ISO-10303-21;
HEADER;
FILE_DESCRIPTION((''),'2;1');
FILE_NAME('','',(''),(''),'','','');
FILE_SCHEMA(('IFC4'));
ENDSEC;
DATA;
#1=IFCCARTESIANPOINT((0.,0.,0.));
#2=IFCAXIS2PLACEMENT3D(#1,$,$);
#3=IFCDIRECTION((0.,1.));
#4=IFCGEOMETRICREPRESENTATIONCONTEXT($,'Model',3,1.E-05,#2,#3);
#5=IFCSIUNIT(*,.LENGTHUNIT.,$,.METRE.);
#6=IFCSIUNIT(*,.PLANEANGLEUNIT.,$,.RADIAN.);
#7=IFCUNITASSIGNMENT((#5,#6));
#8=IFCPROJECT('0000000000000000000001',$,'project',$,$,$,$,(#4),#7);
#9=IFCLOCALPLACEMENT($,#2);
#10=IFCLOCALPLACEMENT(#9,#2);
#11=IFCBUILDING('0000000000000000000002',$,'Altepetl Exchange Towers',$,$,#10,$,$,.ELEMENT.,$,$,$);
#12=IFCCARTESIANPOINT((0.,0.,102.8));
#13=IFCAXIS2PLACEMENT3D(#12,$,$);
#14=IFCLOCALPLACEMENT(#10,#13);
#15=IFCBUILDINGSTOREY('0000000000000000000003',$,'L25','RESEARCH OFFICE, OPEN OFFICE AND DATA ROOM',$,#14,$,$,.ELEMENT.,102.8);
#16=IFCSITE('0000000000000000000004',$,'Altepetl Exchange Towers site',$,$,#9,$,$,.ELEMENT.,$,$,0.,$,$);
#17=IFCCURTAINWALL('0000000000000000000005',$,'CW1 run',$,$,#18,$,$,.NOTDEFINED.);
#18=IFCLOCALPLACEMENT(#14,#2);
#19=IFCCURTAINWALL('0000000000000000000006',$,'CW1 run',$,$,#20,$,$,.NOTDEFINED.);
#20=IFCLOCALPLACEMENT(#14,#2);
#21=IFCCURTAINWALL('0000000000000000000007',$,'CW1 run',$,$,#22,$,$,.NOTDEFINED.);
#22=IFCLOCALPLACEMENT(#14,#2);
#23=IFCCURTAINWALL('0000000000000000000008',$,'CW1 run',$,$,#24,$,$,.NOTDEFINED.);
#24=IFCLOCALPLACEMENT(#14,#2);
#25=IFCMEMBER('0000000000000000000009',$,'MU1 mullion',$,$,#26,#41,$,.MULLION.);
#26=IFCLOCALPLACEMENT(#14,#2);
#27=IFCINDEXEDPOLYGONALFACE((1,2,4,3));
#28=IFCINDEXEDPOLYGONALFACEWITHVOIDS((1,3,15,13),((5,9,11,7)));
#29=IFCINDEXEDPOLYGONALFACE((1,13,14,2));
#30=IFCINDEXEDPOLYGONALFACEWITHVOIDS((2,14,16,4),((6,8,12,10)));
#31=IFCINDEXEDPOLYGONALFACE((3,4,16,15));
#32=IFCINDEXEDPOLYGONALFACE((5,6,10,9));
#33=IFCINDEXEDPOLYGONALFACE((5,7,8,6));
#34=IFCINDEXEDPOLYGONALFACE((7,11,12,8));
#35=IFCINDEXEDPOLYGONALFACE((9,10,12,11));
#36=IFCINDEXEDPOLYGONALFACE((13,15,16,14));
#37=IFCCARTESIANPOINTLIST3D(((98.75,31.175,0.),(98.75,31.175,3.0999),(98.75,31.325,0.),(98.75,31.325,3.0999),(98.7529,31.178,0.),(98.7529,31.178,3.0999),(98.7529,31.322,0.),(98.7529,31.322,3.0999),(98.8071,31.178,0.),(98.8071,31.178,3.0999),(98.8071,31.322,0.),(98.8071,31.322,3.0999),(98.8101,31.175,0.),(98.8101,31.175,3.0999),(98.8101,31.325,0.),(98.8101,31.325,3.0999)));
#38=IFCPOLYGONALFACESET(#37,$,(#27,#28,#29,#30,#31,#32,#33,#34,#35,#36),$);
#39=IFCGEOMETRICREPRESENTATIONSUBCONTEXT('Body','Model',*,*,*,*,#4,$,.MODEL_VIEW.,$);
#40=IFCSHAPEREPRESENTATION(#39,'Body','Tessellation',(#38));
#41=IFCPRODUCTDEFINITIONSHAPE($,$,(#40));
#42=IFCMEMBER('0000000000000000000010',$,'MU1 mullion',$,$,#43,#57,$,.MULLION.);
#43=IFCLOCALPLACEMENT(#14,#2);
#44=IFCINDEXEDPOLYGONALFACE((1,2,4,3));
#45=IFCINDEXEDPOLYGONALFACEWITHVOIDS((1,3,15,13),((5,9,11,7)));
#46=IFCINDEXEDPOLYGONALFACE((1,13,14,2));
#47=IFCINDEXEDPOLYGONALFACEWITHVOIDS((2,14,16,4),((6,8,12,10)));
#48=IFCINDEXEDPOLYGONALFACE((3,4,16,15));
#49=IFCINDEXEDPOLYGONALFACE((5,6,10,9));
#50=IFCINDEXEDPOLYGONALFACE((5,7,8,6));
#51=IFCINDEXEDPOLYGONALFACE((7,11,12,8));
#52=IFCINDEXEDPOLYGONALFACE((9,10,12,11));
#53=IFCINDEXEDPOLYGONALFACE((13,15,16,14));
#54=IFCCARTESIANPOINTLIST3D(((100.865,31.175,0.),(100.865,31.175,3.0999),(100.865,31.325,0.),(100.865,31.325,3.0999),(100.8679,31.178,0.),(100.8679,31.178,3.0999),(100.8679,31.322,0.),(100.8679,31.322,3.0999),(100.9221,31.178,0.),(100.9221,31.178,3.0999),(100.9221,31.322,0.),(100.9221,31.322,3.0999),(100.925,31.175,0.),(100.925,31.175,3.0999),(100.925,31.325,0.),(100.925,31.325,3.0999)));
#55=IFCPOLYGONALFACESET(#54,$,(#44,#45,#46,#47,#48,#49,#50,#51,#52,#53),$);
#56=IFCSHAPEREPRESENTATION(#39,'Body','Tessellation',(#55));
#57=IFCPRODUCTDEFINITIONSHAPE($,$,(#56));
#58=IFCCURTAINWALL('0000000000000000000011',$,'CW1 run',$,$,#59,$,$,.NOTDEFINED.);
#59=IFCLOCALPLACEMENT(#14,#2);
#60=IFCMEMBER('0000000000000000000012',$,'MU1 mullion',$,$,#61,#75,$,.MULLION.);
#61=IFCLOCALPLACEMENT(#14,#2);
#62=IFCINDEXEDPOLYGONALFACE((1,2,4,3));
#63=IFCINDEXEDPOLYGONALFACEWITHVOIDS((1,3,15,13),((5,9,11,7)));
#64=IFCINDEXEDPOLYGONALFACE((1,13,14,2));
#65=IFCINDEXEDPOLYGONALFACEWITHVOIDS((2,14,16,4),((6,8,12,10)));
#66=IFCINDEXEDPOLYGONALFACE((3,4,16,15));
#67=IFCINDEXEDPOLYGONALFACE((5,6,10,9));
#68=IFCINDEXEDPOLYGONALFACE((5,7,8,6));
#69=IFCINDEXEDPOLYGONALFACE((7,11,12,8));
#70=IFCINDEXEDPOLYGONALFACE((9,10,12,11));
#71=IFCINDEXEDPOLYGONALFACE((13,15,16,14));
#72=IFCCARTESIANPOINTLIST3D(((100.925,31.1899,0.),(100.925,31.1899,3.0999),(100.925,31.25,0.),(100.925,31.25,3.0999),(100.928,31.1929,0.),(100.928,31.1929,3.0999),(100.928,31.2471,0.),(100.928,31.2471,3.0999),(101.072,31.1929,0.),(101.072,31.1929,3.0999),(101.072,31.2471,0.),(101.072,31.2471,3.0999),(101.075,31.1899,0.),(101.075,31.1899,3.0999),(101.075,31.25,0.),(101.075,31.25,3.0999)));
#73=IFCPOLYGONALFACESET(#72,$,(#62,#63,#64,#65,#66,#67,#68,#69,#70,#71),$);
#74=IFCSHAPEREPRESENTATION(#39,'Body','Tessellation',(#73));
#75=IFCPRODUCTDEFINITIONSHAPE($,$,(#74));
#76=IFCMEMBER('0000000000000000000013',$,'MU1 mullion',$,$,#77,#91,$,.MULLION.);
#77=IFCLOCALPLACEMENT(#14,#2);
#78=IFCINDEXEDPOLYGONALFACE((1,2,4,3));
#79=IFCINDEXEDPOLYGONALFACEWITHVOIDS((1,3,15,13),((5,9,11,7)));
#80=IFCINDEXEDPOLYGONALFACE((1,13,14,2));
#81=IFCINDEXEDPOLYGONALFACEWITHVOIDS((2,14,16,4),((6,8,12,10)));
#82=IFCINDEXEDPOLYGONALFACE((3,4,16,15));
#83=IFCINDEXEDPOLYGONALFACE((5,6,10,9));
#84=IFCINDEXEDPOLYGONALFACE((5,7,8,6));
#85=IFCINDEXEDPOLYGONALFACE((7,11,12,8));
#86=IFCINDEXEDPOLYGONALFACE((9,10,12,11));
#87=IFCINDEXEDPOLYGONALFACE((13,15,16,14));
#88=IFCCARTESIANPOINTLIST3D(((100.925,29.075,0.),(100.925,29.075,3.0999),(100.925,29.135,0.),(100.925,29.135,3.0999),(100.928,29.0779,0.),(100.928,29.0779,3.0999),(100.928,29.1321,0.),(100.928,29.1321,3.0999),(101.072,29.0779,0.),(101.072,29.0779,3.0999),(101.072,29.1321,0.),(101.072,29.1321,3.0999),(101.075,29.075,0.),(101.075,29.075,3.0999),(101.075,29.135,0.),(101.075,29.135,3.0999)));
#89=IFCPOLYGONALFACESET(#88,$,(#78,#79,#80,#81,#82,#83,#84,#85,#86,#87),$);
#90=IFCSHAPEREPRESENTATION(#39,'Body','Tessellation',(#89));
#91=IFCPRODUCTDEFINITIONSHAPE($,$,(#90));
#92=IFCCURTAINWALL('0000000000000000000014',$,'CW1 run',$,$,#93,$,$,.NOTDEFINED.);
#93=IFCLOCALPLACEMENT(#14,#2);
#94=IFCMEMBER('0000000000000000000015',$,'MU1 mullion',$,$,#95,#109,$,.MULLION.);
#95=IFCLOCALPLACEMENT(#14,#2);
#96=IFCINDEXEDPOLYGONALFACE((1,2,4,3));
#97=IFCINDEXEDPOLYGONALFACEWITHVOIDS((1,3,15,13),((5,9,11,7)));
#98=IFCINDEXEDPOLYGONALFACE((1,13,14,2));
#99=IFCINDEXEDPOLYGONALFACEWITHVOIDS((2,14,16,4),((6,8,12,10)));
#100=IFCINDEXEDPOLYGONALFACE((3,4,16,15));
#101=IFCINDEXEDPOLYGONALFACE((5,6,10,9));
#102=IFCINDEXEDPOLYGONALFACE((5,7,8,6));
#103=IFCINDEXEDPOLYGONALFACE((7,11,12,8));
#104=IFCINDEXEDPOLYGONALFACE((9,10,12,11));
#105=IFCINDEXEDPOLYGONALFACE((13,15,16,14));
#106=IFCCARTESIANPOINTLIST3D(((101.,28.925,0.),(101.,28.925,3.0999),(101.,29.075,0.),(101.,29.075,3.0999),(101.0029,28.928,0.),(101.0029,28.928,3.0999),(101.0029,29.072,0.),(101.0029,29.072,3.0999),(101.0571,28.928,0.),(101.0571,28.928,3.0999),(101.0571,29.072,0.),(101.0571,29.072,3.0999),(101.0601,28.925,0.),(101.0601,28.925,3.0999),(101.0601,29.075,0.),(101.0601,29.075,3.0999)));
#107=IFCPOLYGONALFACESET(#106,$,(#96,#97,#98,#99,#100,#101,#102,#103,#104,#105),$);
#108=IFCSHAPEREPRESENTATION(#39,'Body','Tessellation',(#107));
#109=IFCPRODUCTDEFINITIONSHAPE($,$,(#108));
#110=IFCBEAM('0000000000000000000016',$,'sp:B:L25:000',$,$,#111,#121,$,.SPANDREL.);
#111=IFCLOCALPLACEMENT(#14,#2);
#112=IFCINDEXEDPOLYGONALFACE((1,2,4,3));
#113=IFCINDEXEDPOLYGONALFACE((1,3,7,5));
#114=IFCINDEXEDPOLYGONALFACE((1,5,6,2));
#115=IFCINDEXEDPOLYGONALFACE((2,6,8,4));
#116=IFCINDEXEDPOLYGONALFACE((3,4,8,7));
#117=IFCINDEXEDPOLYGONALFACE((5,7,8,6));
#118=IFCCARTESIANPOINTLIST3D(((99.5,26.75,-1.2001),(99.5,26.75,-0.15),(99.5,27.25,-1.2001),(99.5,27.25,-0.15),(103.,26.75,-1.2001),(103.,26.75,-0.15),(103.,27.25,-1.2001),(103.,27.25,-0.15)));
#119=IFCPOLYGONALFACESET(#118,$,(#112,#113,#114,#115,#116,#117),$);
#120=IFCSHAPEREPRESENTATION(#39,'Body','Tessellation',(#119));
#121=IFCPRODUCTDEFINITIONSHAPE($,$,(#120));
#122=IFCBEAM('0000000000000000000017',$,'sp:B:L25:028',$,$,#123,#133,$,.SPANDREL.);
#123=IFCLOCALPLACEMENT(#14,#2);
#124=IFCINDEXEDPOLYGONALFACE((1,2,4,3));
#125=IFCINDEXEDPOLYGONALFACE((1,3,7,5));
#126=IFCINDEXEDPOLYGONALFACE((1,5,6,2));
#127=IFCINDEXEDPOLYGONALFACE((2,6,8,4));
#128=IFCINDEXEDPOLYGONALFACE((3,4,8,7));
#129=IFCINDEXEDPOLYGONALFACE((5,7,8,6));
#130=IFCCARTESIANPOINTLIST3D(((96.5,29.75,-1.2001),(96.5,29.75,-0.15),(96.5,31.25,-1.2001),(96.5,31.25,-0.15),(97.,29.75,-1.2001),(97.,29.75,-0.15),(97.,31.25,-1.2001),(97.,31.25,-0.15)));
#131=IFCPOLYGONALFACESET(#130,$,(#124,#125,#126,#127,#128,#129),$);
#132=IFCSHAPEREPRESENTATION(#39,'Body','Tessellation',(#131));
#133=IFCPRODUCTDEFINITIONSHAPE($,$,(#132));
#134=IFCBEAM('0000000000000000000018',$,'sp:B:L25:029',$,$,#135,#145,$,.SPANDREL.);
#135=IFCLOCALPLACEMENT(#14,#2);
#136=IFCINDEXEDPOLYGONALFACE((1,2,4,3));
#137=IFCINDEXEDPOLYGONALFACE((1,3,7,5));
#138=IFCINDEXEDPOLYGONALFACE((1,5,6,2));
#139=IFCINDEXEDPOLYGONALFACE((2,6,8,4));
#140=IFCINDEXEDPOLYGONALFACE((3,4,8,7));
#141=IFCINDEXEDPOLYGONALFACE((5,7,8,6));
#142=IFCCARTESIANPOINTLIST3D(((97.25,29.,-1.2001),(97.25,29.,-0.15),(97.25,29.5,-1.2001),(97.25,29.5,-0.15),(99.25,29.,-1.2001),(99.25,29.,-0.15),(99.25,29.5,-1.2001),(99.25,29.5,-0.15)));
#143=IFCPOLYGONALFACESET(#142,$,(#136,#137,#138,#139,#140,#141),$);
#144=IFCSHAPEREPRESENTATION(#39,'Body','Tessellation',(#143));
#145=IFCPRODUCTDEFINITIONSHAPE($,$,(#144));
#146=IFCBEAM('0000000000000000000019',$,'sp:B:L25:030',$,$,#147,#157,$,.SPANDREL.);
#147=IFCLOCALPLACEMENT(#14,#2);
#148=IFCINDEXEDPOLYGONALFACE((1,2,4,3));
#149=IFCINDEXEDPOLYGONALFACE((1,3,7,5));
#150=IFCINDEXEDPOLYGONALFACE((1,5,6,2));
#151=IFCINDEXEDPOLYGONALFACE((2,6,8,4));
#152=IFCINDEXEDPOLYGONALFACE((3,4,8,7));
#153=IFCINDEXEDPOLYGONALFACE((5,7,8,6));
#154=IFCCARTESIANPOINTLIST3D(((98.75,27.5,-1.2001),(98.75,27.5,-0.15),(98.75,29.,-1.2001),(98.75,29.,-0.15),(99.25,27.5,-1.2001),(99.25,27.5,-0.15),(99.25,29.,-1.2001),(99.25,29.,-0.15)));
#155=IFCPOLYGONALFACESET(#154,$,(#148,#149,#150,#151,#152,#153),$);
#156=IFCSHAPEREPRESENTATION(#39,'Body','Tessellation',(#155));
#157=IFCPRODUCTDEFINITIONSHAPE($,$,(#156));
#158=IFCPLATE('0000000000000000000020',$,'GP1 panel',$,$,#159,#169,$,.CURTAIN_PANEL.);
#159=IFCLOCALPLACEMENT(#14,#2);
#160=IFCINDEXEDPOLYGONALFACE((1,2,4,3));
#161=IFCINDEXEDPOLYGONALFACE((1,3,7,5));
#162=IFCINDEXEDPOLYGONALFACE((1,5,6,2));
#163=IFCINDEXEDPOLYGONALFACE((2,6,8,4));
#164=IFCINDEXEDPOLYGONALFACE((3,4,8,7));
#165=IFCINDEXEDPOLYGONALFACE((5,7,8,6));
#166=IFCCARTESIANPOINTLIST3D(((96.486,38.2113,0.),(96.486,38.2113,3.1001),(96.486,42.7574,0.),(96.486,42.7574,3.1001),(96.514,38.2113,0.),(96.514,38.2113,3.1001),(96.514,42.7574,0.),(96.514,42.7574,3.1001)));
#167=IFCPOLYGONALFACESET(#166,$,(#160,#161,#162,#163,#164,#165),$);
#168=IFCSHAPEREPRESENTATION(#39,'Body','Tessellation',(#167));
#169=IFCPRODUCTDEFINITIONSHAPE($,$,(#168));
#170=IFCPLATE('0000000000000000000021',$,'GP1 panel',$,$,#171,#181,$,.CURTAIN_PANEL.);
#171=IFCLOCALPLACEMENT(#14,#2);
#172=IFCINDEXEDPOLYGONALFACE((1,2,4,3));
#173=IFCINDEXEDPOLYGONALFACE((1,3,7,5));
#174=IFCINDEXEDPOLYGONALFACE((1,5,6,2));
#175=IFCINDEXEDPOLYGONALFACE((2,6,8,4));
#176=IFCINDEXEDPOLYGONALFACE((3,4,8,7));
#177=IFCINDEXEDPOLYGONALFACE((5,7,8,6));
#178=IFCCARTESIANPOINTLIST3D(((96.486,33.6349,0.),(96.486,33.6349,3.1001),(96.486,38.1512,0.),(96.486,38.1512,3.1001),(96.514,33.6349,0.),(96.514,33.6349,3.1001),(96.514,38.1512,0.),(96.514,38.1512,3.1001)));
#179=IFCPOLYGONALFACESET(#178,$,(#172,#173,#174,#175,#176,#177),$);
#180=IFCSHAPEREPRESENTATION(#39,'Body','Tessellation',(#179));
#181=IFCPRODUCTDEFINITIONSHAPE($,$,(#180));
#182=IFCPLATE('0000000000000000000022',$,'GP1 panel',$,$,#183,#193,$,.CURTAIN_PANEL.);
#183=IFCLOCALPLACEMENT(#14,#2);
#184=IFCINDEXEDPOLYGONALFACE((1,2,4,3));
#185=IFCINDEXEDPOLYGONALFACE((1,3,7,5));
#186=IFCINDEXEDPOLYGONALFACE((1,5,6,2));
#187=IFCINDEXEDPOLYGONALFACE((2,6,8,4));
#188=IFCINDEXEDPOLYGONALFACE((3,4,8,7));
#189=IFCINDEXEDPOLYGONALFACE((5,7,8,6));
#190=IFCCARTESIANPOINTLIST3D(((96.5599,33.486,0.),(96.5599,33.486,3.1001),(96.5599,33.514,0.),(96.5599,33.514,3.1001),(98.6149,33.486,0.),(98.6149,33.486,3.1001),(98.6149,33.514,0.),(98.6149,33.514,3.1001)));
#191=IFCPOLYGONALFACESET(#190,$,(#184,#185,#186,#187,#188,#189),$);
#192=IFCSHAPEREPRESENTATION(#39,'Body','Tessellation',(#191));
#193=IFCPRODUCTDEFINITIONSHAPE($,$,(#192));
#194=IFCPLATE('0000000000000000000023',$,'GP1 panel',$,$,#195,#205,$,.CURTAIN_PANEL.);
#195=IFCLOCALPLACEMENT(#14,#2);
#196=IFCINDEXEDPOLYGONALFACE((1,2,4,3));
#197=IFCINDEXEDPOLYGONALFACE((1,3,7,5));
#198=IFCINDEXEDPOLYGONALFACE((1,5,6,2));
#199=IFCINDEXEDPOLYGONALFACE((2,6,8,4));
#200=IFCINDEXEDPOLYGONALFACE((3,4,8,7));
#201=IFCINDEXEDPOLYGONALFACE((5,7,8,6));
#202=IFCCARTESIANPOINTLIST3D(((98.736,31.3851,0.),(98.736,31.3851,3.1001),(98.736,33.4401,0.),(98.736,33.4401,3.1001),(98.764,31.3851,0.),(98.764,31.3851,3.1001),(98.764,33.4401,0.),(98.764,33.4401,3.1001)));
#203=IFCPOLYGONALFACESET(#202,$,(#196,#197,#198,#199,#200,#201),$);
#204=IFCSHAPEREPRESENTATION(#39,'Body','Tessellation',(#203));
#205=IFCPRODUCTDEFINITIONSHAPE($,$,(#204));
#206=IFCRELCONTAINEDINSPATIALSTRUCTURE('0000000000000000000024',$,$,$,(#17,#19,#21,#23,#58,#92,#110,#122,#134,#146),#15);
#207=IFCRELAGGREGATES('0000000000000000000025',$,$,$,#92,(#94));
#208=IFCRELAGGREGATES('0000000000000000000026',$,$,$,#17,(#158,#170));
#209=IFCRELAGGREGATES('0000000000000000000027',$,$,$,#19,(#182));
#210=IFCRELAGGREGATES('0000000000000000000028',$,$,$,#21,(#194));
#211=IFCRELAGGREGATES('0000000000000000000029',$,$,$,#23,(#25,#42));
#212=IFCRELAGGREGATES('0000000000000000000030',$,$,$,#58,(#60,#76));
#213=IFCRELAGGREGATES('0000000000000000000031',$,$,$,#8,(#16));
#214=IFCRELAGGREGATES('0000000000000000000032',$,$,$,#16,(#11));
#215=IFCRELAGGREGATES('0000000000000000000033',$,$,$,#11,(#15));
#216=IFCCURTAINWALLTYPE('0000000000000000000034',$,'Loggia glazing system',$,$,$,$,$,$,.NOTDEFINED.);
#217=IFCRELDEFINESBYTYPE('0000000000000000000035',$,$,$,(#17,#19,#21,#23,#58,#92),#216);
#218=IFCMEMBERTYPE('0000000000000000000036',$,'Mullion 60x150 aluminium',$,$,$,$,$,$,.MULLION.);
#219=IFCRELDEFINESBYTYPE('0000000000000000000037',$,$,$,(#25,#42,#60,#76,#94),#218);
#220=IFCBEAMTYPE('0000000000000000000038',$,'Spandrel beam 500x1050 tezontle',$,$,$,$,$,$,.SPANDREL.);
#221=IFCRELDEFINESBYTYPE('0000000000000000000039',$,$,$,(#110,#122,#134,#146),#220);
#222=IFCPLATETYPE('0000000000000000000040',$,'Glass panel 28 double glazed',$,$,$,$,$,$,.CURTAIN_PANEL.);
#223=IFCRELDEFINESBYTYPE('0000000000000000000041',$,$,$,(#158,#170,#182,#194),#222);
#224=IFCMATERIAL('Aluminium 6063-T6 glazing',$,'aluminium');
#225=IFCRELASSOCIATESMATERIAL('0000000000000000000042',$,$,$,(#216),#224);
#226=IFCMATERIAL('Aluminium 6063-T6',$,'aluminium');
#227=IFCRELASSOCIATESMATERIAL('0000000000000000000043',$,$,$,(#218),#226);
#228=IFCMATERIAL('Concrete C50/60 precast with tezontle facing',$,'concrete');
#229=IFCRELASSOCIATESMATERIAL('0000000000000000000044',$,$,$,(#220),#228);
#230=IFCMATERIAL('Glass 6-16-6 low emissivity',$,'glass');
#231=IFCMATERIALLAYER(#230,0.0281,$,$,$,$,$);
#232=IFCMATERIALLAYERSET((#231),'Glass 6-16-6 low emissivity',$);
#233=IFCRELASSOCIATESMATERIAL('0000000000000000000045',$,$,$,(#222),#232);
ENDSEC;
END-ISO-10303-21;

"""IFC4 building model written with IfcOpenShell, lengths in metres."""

from ifc_helpers import new_model, si_unit, direction, frame, origin, origin_2d, place, context, subcontext, project, spatial, rectangle, hollow_rectangle, extrude, material, layer, layer_set, material_profile, profile_set, type_object, element, aggregate, save


model = new_model("IFC4")

# Units and contexts
model_context = context("Model", 3, precision=1e-05, world=origin(), true_north=direction((0.0, 1.0)))
body_context = subcontext(model_context, "Body", "Model", "MODEL_VIEW")
ifc_project = project(units=[si_unit("LENGTHUNIT", "METRE"), si_unit("PLANEANGLEUNIT", "RADIAN")], contexts=[model_context])

# Site, building, storey
site_placement = place(None, origin())
site = spatial("IfcSite", under=ifc_project, at=site_placement, Name="Altepetl Exchange Towers site", CompositionType="ELEMENT", RefElevation=0.0)
building_placement = place(site_placement, origin())
building = spatial("IfcBuilding", under=site, at=building_placement, Name="Altepetl Exchange Towers", CompositionType="ELEMENT")
storey_placement = place(building_placement, frame((0.0, 0.0, 102.8)))
storey = spatial("IfcBuildingStorey", under=building, at=storey_placement, Name="L25", Description="RESEARCH OFFICE, OPEN OFFICE AND DATA ROOM", CompositionType="ELEMENT", Elevation=102.8)

# Curtain walls, members
ifc_material_1 = material(Name="Aluminium 6063-T6 glazing", Category="aluminium")
curtain_wall_type = type_object("IfcCurtainWallType", Name="Loggia glazing system", PredefinedType="NOTDEFINED", material=ifc_material_1)
curtain_wall_1_placement = place(storey_placement, origin())
curtain_wall_1 = element("IfcCurtainWall", 1, at=curtain_wall_1_placement, inside=storey, type_object=curtain_wall_type, Name="CW1 run", PredefinedType="NOTDEFINED")
ifc_material_2 = material(Name="Aluminium 6063-T6", Category="aluminium")
ifc_material_profile_1 = material_profile(ifc_material_2, hollow_rectangle(XDim=0.0601, YDim=0.1499, WallThickness=0.0029, at=origin_2d()), Name="Mullion 60x150 aluminium")
ifc_profile_set_1 = profile_set([ifc_material_profile_1], Name="Aluminium 6063-T6")
member_type = type_object("IfcMemberType", Name="Mullion 60x150 aluminium", PredefinedType="MULLION", material=ifc_profile_set_1)
curtain_wall_2_placement = place(storey_placement, origin())
curtain_wall_2 = element("IfcCurtainWall", 2, at=curtain_wall_2_placement, inside=storey, type_object=curtain_wall_type, Name="CW1 run", PredefinedType="NOTDEFINED")
curtain_wall_3_placement = place(storey_placement, origin())
curtain_wall_3 = element("IfcCurtainWall", 3, at=curtain_wall_3_placement, inside=storey, type_object=curtain_wall_type, Name="CW1 run", PredefinedType="NOTDEFINED")
curtain_wall_4_placement = place(storey_placement, origin())
curtain_wall_4 = element("IfcCurtainWall", 4, at=curtain_wall_4_placement, inside=storey, type_object=curtain_wall_type, Name="CW1 run", PredefinedType="NOTDEFINED")
member_1_placement = place(storey_placement, frame((98.78, 31.25, 0.0)))
member_1 = element("IfcMember", 5, at=member_1_placement, type_object=member_type, Name="MU1 mullion", PredefinedType="MULLION", context=body_context, shape_type="SweptSolid", body=[
    extrude(hollow_rectangle(XDim=0.0601, YDim=0.1499, WallThickness=0.0029, at=origin_2d()), origin(), (0.0, 0.0, 1.0), 3.0999),
])
member_2_placement = place(storey_placement, frame((100.895, 31.25, 0.0)))
member_2 = element("IfcMember", 6, at=member_2_placement, type_object=member_type, Name="MU1 mullion", PredefinedType="MULLION", context=body_context, shape_type="SweptSolid", body=[
    extrude(hollow_rectangle(XDim=0.0601, YDim=0.1499, WallThickness=0.0029, at=origin_2d()), origin(), (0.0, 0.0, 1.0), 3.0999),
])
curtain_wall_5_placement = place(storey_placement, origin())
curtain_wall_5 = element("IfcCurtainWall", 7, at=curtain_wall_5_placement, inside=storey, type_object=curtain_wall_type, Name="CW1 run", PredefinedType="NOTDEFINED")
member_3_placement = place(storey_placement, frame((101.0, 31.22, 0.0), z_axis=(0.0, 0.0, 1.0), x_axis=(0.0, -1.0, 0.0)))
member_3 = element("IfcMember", 8, at=member_3_placement, type_object=member_type, Name="MU1 mullion", PredefinedType="MULLION", context=body_context, shape_type="SweptSolid", body=[
    extrude(hollow_rectangle(XDim=0.0601, YDim=0.1499, WallThickness=0.0029, at=origin_2d()), origin(), (0.0, 0.0, 1.0), 3.0999),
])
member_4_placement = place(storey_placement, frame((101.0, 29.105, 0.0), z_axis=(0.0, 0.0, 1.0), x_axis=(0.0, -1.0, 0.0)))
member_4 = element("IfcMember", 9, at=member_4_placement, type_object=member_type, Name="MU1 mullion", PredefinedType="MULLION", context=body_context, shape_type="SweptSolid", body=[
    extrude(hollow_rectangle(XDim=0.0601, YDim=0.1499, WallThickness=0.0029, at=origin_2d()), origin(), (0.0, 0.0, 1.0), 3.0999),
])

# Curtain wall, member
curtain_wall_6_placement = place(storey_placement, origin())
curtain_wall_6 = element("IfcCurtainWall", 10, at=curtain_wall_6_placement, inside=storey, type_object=curtain_wall_type, Name="CW1 run", PredefinedType="NOTDEFINED")
member_5_placement = place(storey_placement, frame((101.03, 29.0, 0.0)))
member_5 = element("IfcMember", 11, at=member_5_placement, type_object=member_type, Name="MU1 mullion", PredefinedType="MULLION", context=body_context, shape_type="SweptSolid", body=[
    extrude(hollow_rectangle(XDim=0.0601, YDim=0.1499, WallThickness=0.0029, at=origin_2d()), origin(), (0.0, 0.0, 1.0), 3.0999),
])
aggregate(curtain_wall_6, [member_5])

# Beams
ifc_material_3 = material(Name="Concrete C50/60 precast with tezontle facing", Category="concrete")
ifc_material_profile_2 = material_profile(ifc_material_3, rectangle(XDim=0.5, YDim=1.05, at=origin_2d()), Name="500 x 1050")
ifc_profile_set_2 = profile_set([ifc_material_profile_2], Name="Concrete C50/60 precast with tezontle facing")
beam_type_1 = type_object("IfcBeamType", Name="Spandrel beam 500x1050 tezontle", PredefinedType="SPANDREL", material=ifc_profile_set_2)
beam_1_placement = place(storey_placement, frame((99.5, 27.0, -0.675), z_axis=(1.0, 0.0, 0.0), x_axis=(0.0, 1.0, 0.0)))
element("IfcBeam", 12, at=beam_1_placement, inside=storey, type_object=beam_type_1, Name="sp:B:L25:000", PredefinedType="SPANDREL", context=body_context, shape_type="SweptSolid", body=[
    extrude(rectangle(XDim=0.5, YDim=1.05, at=origin_2d()), origin(), (0.0, 0.0, 1.0), 3.5),
])
beam_2_placement = place(storey_placement, frame((96.75, 31.25, -0.675), z_axis=(0.0, -1.0, 0.0), x_axis=(1.0, 0.0, 0.0)))
element("IfcBeam", 13, at=beam_2_placement, inside=storey, type_object=beam_type_1, Name="sp:B:L25:028", PredefinedType="SPANDREL", context=body_context, shape_type="SweptSolid", body=[
    extrude(rectangle(XDim=0.5, YDim=1.05, at=origin_2d()), origin(), (0.0, 0.0, 1.0), 1.5),
])
beam_3_placement = place(storey_placement, frame((97.25, 29.25, -0.675), z_axis=(1.0, 0.0, 0.0), x_axis=(0.0, 1.0, 0.0)))
element("IfcBeam", 14, at=beam_3_placement, inside=storey, type_object=beam_type_1, Name="sp:B:L25:029", PredefinedType="SPANDREL", context=body_context, shape_type="SweptSolid", body=[
    extrude(rectangle(XDim=0.5, YDim=1.05, at=origin_2d()), origin(), (0.0, 0.0, 1.0), 2.0),
])
beam_4_placement = place(storey_placement, frame((99.0, 29.0, -0.675), z_axis=(0.0, -1.0, 0.0), x_axis=(1.0, 0.0, 0.0)))
element("IfcBeam", 15, at=beam_4_placement, inside=storey, type_object=beam_type_1, Name="sp:B:L25:030", PredefinedType="SPANDREL", context=body_context, shape_type="SweptSolid", body=[
    extrude(rectangle(XDim=0.5, YDim=1.05, at=origin_2d()), origin(), (0.0, 0.0, 1.0), 1.5),
])

# Plates
ifc_material_4 = material(Name="Glass 6-16-6 low emissivity", Category="glass")
ifc_layer_1 = layer(ifc_material_4, 0.0281)
ifc_layer_set_1 = layer_set([ifc_layer_1], Name="Glass 6-16-6 low emissivity")
plate_type = type_object("IfcPlateType", Name="Glass panel 28 double glazed", PredefinedType="CURTAIN_PANEL", material=ifc_layer_set_1)
plate_1_placement = place(storey_placement, frame((96.5, 40.4844, 0.0), z_axis=(0.0, 0.0, 1.0), x_axis=(0.0, -1.0, 0.0)))
plate_1 = element("IfcPlate", 16, at=plate_1_placement, type_object=plate_type, Name="GP1 panel", PredefinedType="CURTAIN_PANEL", context=body_context, shape_type="SweptSolid", body=[
    extrude(rectangle(XDim=4.5461, YDim=0.0281, at=origin_2d()), origin(), (0.0, 0.0, 1.0), 3.1001),
])
plate_2_placement = place(storey_placement, frame((96.5, 35.8931, 0.0), z_axis=(0.0, 0.0, 1.0), x_axis=(0.0, -1.0, 0.0)))
plate_2 = element("IfcPlate", 17, at=plate_2_placement, type_object=plate_type, Name="GP1 panel", PredefinedType="CURTAIN_PANEL", context=body_context, shape_type="SweptSolid", body=[
    extrude(rectangle(XDim=4.5164, YDim=0.0281, at=origin_2d()), origin(), (0.0, 0.0, 1.0), 3.1001),
])
aggregate(curtain_wall_1, [plate_1, plate_2])
plate_3_placement = place(storey_placement, frame((97.5874, 33.5, 0.0)))
plate_3 = element("IfcPlate", 18, at=plate_3_placement, type_object=plate_type, Name="GP1 panel", PredefinedType="CURTAIN_PANEL", context=body_context, shape_type="SweptSolid", body=[
    extrude(rectangle(XDim=2.0549, YDim=0.0281, at=origin_2d()), origin(), (0.0, 0.0, 1.0), 3.1001),
])
aggregate(curtain_wall_2, [plate_3])
plate_4_placement = place(storey_placement, frame((98.75, 32.4126, 0.0), z_axis=(0.0, 0.0, 1.0), x_axis=(0.0, -1.0, 0.0)))
plate_4 = element("IfcPlate", 19, at=plate_4_placement, type_object=plate_type, Name="GP1 panel", PredefinedType="CURTAIN_PANEL", context=body_context, shape_type="SweptSolid", body=[
    extrude(rectangle(XDim=2.0549, YDim=0.0281, at=origin_2d()), origin(), (0.0, 0.0, 1.0), 3.1001),
])
aggregate(curtain_wall_3, [plate_4])
aggregate(curtain_wall_4, [member_1, member_2])
aggregate(curtain_wall_5, [member_3, member_4])

save(model, "model.ifc")
